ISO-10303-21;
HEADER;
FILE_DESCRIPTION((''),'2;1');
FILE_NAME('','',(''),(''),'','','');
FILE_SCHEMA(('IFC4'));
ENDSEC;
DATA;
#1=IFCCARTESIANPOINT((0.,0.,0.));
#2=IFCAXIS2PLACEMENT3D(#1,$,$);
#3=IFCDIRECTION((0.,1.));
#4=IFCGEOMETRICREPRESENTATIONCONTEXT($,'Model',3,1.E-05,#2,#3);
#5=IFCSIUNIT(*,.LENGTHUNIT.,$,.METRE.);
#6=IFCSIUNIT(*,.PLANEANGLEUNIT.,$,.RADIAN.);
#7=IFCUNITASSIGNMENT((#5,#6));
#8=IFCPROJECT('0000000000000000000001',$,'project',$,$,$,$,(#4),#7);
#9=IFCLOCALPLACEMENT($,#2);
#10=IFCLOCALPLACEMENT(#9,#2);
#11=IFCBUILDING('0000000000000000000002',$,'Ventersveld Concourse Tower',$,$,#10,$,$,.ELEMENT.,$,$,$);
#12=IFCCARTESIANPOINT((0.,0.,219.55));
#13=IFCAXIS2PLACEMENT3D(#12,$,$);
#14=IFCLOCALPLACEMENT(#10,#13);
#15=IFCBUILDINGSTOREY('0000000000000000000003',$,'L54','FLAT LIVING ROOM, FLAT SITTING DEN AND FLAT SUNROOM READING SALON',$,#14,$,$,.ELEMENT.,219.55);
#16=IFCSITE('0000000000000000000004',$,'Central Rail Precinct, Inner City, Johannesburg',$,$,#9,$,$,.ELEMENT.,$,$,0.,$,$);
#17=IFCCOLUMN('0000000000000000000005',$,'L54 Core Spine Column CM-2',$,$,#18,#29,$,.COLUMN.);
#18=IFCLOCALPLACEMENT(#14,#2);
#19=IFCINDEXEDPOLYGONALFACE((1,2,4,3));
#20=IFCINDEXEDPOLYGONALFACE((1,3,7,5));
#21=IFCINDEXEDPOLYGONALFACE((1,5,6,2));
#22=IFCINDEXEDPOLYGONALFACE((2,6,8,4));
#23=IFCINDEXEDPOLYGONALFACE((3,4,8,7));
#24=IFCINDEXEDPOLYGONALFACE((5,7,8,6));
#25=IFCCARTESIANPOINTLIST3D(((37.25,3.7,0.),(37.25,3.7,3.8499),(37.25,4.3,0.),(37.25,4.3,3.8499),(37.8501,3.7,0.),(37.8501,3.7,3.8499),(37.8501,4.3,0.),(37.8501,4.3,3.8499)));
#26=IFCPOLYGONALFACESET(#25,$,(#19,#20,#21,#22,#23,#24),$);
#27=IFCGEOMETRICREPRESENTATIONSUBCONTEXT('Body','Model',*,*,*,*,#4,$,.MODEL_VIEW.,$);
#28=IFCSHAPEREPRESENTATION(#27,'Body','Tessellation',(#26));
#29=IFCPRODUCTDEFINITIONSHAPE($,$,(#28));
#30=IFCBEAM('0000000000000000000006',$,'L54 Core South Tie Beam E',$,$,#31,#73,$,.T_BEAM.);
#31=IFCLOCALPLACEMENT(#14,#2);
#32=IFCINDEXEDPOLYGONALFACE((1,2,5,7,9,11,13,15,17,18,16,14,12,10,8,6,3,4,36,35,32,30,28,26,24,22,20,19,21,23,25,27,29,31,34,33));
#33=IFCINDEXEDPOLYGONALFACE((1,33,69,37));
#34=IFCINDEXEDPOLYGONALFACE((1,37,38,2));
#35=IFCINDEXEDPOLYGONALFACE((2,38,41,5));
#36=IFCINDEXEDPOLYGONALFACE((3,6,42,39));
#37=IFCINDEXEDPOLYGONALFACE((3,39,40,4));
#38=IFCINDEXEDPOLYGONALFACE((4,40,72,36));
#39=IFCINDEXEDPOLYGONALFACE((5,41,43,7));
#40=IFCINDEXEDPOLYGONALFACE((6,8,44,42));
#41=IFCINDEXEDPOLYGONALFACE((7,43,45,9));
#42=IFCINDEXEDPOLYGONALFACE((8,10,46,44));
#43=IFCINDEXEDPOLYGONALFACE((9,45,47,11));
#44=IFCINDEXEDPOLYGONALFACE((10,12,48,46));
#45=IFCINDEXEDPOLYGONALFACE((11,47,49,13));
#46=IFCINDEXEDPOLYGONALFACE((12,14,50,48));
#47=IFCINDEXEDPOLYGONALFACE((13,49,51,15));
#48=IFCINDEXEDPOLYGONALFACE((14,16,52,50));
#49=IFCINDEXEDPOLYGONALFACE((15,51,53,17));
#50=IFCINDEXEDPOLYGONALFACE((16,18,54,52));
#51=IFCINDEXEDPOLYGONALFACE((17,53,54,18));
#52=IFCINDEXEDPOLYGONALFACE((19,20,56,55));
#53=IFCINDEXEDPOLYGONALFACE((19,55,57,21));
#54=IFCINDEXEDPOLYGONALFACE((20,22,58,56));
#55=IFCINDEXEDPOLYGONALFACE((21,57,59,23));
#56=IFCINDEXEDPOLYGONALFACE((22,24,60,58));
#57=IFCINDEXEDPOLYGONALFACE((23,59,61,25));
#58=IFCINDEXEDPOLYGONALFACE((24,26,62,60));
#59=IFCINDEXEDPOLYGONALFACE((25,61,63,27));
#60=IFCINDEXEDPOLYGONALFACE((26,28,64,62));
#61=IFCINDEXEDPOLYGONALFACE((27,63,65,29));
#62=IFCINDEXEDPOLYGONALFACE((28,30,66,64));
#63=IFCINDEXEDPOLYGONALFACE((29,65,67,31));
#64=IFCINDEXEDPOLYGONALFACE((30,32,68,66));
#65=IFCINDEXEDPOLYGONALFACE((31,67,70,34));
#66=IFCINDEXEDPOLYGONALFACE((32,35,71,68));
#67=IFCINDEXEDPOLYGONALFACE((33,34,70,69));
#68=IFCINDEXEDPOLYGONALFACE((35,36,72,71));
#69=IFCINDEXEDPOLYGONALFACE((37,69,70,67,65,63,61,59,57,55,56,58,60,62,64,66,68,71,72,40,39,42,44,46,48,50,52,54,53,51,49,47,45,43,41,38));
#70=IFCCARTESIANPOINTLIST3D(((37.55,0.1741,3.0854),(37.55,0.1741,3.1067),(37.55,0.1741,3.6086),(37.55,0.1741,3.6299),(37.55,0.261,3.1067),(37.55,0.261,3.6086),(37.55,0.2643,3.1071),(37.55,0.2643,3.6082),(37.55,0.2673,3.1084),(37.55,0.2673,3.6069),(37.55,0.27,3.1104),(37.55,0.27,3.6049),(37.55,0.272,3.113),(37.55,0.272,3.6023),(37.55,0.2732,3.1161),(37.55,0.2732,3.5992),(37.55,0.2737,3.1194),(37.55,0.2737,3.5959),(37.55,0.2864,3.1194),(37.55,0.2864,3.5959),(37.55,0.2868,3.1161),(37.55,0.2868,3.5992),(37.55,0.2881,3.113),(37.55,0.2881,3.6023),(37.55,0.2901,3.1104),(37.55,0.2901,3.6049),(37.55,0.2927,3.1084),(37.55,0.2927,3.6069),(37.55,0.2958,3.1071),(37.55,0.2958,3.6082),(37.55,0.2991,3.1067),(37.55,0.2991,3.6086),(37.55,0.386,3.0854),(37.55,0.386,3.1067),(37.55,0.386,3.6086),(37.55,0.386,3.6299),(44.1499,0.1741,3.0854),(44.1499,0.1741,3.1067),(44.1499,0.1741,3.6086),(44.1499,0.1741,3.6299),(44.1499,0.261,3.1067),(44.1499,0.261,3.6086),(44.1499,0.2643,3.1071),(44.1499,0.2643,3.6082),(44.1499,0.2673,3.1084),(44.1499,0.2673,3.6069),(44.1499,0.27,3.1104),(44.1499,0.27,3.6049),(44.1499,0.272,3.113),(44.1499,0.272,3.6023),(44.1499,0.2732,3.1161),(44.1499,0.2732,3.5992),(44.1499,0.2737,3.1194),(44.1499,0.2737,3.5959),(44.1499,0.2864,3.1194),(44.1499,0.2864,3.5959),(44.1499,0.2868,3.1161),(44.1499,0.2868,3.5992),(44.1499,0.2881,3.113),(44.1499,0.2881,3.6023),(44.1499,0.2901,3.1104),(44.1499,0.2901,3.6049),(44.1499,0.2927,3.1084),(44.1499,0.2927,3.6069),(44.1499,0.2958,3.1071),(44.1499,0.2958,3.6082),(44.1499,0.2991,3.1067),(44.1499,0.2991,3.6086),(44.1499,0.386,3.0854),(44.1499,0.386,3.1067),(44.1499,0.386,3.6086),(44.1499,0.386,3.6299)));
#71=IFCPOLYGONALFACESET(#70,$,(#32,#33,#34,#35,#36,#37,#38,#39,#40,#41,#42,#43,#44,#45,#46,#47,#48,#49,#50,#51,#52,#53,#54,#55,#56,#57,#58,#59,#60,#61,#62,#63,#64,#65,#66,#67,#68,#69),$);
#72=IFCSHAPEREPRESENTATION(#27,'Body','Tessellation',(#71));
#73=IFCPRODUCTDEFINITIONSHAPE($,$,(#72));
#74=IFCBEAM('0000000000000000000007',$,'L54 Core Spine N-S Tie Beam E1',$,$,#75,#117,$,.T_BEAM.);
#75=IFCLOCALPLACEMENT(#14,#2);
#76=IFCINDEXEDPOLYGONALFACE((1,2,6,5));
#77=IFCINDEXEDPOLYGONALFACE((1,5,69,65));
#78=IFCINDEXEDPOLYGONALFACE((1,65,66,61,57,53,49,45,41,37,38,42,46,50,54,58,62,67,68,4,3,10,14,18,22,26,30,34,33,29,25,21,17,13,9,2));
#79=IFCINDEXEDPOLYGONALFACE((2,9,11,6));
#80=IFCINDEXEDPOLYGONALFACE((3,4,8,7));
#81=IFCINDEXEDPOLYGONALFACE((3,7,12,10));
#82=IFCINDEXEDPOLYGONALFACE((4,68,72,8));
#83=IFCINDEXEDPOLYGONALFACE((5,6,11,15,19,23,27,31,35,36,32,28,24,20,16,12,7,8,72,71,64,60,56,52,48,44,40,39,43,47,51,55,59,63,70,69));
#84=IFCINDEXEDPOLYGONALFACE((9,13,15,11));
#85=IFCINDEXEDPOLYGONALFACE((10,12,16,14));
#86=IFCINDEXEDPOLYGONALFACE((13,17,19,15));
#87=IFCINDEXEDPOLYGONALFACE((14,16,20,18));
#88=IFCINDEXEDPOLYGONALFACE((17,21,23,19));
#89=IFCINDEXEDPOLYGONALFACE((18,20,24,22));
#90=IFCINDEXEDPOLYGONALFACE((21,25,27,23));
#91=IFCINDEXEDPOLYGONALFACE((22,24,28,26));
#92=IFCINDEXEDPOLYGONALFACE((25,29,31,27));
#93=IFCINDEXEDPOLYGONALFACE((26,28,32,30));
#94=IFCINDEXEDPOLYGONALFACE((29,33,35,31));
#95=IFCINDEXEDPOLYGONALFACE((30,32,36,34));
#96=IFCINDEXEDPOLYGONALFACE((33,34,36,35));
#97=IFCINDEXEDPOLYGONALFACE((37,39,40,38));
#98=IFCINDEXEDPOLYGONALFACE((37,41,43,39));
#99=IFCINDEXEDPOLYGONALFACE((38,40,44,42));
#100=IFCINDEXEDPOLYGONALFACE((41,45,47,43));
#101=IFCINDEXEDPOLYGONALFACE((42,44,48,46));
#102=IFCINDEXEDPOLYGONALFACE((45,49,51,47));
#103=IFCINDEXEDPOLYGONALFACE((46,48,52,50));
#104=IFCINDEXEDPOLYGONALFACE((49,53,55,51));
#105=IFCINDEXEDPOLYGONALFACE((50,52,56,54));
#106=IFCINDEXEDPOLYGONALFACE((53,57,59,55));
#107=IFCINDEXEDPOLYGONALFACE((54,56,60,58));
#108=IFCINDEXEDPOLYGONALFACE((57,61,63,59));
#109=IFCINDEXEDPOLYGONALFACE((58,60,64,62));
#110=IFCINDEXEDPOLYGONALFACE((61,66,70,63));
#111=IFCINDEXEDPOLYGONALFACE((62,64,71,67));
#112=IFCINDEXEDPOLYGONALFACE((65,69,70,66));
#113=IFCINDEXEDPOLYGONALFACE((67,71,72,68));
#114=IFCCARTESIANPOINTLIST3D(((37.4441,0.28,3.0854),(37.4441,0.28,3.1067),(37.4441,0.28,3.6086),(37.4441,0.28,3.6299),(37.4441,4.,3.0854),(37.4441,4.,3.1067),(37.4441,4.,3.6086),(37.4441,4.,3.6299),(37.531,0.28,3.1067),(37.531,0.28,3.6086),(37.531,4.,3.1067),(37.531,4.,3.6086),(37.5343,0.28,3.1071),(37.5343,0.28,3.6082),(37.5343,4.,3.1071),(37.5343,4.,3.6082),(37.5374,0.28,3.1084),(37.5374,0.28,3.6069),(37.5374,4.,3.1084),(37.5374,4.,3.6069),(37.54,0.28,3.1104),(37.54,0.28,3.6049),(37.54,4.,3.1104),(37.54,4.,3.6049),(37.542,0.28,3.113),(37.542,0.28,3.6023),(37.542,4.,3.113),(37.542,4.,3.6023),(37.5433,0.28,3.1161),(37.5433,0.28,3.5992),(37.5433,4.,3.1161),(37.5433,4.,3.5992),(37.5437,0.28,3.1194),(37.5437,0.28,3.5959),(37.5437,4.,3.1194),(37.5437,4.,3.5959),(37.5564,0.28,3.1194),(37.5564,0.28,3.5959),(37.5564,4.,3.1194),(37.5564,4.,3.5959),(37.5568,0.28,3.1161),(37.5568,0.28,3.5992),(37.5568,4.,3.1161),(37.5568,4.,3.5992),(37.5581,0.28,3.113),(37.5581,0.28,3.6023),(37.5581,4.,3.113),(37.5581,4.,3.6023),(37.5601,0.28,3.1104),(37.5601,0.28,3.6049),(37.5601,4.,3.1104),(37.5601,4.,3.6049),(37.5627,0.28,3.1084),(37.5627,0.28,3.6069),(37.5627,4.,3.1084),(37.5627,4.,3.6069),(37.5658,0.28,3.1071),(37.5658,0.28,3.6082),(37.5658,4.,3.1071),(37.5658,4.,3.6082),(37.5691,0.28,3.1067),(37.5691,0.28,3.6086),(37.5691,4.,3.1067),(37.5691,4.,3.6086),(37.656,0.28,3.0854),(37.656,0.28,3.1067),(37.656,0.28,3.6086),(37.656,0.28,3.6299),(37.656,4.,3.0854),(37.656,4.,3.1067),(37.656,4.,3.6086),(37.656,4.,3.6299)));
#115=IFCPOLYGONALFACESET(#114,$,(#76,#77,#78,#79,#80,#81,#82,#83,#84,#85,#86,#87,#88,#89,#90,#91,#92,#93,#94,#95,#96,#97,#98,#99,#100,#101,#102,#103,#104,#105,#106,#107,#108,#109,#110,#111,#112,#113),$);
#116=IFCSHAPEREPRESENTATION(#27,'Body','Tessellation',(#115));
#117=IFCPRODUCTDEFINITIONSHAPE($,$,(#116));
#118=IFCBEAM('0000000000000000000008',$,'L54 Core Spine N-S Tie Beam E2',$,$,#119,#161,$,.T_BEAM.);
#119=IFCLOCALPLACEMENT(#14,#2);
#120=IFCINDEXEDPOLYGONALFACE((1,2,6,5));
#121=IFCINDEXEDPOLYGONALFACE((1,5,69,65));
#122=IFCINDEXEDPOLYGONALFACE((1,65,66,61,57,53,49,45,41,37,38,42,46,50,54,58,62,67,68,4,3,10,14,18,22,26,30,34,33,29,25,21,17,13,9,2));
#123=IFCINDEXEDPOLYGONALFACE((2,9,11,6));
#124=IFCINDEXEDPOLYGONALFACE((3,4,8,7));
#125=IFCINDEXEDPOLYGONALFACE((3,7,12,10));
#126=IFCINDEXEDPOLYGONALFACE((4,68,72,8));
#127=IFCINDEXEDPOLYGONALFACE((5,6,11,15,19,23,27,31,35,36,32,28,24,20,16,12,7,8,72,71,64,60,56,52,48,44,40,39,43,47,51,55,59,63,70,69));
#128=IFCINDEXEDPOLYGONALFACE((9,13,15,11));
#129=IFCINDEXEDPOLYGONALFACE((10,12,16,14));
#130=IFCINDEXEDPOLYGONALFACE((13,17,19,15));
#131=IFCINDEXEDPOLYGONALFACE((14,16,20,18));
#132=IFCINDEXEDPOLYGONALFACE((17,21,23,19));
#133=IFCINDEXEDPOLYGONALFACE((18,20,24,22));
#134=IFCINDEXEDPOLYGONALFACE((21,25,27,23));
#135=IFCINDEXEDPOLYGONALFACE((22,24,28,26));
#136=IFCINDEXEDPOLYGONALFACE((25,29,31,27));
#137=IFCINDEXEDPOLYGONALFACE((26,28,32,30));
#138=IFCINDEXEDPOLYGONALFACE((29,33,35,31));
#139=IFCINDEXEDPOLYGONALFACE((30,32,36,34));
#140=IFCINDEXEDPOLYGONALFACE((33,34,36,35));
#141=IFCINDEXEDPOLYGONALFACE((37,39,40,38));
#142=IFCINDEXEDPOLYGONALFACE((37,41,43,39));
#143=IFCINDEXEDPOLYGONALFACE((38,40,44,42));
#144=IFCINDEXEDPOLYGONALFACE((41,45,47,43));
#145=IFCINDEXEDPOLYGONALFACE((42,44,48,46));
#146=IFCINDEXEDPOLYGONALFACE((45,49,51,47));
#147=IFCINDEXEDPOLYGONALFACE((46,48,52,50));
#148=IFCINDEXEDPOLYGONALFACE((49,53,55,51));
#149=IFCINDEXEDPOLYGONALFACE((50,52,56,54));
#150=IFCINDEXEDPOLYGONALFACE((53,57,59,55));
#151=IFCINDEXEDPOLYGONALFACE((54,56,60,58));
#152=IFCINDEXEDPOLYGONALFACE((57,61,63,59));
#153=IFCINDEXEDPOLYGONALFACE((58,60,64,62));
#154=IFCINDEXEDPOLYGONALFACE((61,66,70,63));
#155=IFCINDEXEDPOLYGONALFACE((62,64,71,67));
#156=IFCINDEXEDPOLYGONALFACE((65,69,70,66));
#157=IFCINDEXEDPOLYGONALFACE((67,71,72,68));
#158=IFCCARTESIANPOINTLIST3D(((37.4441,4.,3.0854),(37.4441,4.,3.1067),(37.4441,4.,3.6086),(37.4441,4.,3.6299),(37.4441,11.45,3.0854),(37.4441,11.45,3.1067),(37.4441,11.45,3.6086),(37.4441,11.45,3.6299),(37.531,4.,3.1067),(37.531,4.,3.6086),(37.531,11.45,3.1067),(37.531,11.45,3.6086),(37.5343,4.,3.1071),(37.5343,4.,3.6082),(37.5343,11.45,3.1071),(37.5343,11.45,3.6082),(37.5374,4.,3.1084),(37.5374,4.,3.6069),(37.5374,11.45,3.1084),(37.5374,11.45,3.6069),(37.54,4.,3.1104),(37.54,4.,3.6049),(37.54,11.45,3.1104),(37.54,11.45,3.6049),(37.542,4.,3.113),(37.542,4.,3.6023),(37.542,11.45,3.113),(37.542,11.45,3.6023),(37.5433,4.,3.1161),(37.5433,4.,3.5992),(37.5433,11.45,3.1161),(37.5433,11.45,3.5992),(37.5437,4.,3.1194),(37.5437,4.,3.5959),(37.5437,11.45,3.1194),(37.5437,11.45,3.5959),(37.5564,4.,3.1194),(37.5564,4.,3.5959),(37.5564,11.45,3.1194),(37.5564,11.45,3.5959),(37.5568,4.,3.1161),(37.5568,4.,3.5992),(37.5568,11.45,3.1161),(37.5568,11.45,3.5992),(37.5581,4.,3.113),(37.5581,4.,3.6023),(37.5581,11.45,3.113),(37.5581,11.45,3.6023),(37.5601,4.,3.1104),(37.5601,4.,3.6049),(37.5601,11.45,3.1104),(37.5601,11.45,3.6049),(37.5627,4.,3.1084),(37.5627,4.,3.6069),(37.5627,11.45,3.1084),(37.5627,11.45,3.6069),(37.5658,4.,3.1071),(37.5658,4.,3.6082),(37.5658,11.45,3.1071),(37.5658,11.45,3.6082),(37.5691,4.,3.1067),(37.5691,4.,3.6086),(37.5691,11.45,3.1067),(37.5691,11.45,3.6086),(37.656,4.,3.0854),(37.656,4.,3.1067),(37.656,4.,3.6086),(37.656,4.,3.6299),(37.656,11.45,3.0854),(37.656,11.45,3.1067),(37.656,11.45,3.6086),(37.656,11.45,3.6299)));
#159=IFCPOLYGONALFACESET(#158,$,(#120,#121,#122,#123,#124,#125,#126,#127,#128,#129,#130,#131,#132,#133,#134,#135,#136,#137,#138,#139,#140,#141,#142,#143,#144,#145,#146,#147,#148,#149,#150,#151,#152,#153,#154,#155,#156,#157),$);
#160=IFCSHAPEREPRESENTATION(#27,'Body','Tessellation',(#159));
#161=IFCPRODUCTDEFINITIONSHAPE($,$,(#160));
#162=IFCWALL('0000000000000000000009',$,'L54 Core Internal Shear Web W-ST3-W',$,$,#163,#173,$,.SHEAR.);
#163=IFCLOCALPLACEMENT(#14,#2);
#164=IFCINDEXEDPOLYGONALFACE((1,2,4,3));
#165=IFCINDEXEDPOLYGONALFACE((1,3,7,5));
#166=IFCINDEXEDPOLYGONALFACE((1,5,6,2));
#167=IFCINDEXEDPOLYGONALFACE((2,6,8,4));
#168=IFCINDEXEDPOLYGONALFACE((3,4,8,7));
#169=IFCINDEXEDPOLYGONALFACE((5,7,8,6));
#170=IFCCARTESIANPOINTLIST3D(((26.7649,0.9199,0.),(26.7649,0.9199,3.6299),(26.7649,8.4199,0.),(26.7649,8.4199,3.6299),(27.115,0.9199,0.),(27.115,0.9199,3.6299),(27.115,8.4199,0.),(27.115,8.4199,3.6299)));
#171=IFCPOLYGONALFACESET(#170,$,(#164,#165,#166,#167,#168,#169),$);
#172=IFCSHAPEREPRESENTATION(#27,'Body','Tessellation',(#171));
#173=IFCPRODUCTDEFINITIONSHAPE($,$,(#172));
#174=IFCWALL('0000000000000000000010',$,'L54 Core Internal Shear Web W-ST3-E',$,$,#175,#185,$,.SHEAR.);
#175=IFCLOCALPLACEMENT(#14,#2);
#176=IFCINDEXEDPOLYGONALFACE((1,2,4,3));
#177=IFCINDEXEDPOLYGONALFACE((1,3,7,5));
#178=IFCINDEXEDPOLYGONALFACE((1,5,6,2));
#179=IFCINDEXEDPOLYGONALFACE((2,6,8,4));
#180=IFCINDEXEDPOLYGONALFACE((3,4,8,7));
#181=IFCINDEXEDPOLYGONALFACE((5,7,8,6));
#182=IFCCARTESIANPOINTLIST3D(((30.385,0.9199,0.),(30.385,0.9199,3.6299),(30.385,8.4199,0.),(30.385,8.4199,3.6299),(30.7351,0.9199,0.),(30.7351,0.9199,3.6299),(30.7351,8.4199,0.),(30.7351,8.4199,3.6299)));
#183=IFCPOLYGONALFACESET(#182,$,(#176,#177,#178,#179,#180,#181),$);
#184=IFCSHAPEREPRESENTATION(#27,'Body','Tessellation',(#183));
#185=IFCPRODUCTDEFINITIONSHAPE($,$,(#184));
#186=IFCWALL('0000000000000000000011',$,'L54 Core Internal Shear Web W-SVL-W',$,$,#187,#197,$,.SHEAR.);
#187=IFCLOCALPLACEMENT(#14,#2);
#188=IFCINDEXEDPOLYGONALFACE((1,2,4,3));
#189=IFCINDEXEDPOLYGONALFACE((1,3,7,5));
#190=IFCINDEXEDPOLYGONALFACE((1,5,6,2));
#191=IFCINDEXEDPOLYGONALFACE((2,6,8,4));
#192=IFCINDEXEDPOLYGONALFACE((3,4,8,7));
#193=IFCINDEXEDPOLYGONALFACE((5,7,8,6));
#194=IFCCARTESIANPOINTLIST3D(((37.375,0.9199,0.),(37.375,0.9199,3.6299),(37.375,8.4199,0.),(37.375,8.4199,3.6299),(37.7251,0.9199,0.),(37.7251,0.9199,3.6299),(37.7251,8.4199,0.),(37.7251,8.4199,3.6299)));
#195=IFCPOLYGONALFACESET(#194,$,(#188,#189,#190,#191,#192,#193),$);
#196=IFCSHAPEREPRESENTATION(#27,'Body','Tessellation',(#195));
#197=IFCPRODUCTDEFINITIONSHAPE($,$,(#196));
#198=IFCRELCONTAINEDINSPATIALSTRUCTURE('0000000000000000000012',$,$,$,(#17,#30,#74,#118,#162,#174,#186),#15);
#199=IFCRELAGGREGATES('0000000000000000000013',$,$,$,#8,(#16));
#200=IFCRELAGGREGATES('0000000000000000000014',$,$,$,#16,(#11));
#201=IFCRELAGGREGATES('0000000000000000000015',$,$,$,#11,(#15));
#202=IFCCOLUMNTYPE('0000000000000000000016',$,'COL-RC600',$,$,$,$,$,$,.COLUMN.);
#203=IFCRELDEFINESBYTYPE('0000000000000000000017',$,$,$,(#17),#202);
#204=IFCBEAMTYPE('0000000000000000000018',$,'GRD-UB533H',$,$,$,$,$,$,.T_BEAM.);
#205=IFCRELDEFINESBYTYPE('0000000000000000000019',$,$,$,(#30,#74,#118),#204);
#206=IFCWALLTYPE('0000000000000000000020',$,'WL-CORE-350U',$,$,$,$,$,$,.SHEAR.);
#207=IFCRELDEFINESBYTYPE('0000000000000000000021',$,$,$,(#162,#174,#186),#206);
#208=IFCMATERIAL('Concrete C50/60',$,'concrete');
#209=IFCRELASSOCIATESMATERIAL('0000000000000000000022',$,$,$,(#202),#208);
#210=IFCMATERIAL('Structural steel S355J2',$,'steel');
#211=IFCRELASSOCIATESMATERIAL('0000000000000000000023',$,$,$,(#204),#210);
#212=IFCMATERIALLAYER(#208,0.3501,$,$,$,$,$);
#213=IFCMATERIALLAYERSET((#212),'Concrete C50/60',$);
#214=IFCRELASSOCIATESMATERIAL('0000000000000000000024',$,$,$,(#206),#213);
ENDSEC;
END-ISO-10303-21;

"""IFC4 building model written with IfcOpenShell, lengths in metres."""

from ifc_helpers import new_model, si_unit, direction, frame, frame_2d, origin, origin_2d, place, context, subcontext, project, spatial, rectangle, i_section, extrude, material, layer, layer_set, material_profile, profile_set, type_object, element, save


model = new_model("IFC4")

# Units and contexts
model_context = context("Model", 3, precision=1e-05, world=origin(), true_north=direction((0.0, 1.0)))
body_context = subcontext(model_context, "Body", "Model", "MODEL_VIEW")
ifc_project = project(units=[si_unit("LENGTHUNIT", "METRE"), si_unit("PLANEANGLEUNIT", "RADIAN")], contexts=[model_context])

# Site, building, storey
site_placement = place(None, origin())
site = spatial("IfcSite", under=ifc_project, at=site_placement, Name="Central Rail Precinct, Inner City, Johannesburg", CompositionType="ELEMENT", RefElevation=0.0)
building_placement = place(site_placement, origin())
building = spatial("IfcBuilding", under=site, at=building_placement, Name="Ventersveld Concourse Tower", CompositionType="ELEMENT")
storey_placement = place(building_placement, frame((0.0, 0.0, 219.55)))
storey = spatial("IfcBuildingStorey", under=building, at=storey_placement, Name="L54", Description="FLAT LIVING ROOM, FLAT SITTING DEN AND FLAT SUNROOM READING SALON", CompositionType="ELEMENT", Elevation=219.55)

# Column
ifc_material_1 = material(Name="Concrete C50/60", Category="concrete")
ifc_material_profile_1 = material_profile(ifc_material_1, rectangle(XDim=0.6001, YDim=0.6001, at=origin_2d()), Name="RC 600x600")
ifc_profile_set_1 = profile_set([ifc_material_profile_1], Name="Concrete C50/60")
column_type = type_object("IfcColumnType", Name="COL-RC600", PredefinedType="COLUMN", material=ifc_profile_set_1)
column_placement = place(storey_placement, frame((37.55, 4.0, 0.0), z_axis=(0.0, 0.0, 1.0), x_axis=(1.0, 0.0, 0.0)))
element("IfcColumn", 1, at=column_placement, inside=storey, type_object=column_type, Name="L54 Core Spine Column CM-2", PredefinedType="COLUMN", context=body_context, shape_type="SweptSolid", body=[
    extrude(rectangle(XDim=0.6001, YDim=0.6001, at=origin_2d()), origin(), (0.0, 0.0, 1.0), 3.8499),
])

# Beams
ifc_material_2 = material(Name="Structural steel S355J2", Category="steel")
ifc_material_profile_2 = material_profile(ifc_material_2, i_section(OverallWidth=0.2119, OverallDepth=0.5444, WebThickness=0.0127, FlangeThickness=0.0212, FilletRadius=0.0127, at=origin_2d()), Name="UB 533x210x122")
ifc_profile_set_2 = profile_set([ifc_material_profile_2], Name="Structural steel S355J2")
beam_type = type_object("IfcBeamType", Name="GRD-UB533H", PredefinedType="T_BEAM", material=ifc_profile_set_2)
beam_1_placement = place(storey_placement, frame((37.55, 0.28, 3.3577), z_axis=(1.0, 0.0, 0.0), x_axis=(0.0, 1.0, 0.0)))
element("IfcBeam", 2, at=beam_1_placement, inside=storey, type_object=beam_type, Name="L54 Core South Tie Beam E", PredefinedType="T_BEAM", context=body_context, shape_type="SweptSolid", body=[
    extrude(i_section(OverallWidth=0.2119, OverallDepth=0.5444, WebThickness=0.0127, FlangeThickness=0.0212, FilletRadius=0.0127, at=origin_2d()), origin(), (0.0, 0.0, 1.0), 6.5999),
])
beam_2_placement = place(storey_placement, frame((37.55, 0.28, 3.3577), z_axis=(0.0, 1.0, 0.0), x_axis=(-1.0, 0.0, 0.0)))
element("IfcBeam", 3, at=beam_2_placement, inside=storey, type_object=beam_type, Name="L54 Core Spine N-S Tie Beam E1", PredefinedType="T_BEAM", context=body_context, shape_type="SweptSolid", body=[
    extrude(i_section(OverallWidth=0.2119, OverallDepth=0.5444, WebThickness=0.0127, FlangeThickness=0.0212, FilletRadius=0.0127, at=origin_2d()), origin(), (0.0, 0.0, 1.0), 3.72),
])
beam_3_placement = place(storey_placement, frame((37.55, 4.0, 3.3577), z_axis=(0.0, 1.0, 0.0), x_axis=(-1.0, 0.0, 0.0)))
element("IfcBeam", 4, at=beam_3_placement, inside=storey, type_object=beam_type, Name="L54 Core Spine N-S Tie Beam E2", PredefinedType="T_BEAM", context=body_context, shape_type="SweptSolid", body=[
    extrude(i_section(OverallWidth=0.2119, OverallDepth=0.5444, WebThickness=0.0127, FlangeThickness=0.0212, FilletRadius=0.0127, at=origin_2d()), origin(), (0.0, 0.0, 1.0), 7.45),
])

# Walls
ifc_layer_1 = layer(ifc_material_1, 0.3501)
ifc_layer_set_1 = layer_set([ifc_layer_1], Name="Concrete C50/60")
wall_type_1 = type_object("IfcWallType", Name="WL-CORE-350U", PredefinedType="SHEAR", material=ifc_layer_set_1)
for number, where, z_axis, x_axis, name in (
    (5, (26.9399, 0.9199, 0.0), (0.0, 0.0, 1.0), (0.0, 1.0, 0.0), "L54 Core Internal Shear Web W-ST3-W"),
    (6, (30.5601, 0.9199, 0.0), (0.0, 0.0, 1.0), (0.0, 1.0, 0.0), "L54 Core Internal Shear Web W-ST3-E"),
    (7, (37.55, 0.9199, 0.0), (0.0, 0.0, 1.0), (0.0, 1.0, 0.0), "L54 Core Internal Shear Web W-SVL-W"),
):
    element("IfcWall", number, at=place(storey_placement, frame(where, z_axis=z_axis, x_axis=x_axis)), inside=storey, type_object=wall_type_1, Name=name, PredefinedType="SHEAR", context=body_context, shape_type="SweptSolid", body=[
        extrude(rectangle(XDim=7.5, YDim=0.3501, at=frame_2d((3.75, 0.0))), origin(), (0.0, 0.0, 1.0), 3.6299),
    ])

save(model, "model.ifc")
